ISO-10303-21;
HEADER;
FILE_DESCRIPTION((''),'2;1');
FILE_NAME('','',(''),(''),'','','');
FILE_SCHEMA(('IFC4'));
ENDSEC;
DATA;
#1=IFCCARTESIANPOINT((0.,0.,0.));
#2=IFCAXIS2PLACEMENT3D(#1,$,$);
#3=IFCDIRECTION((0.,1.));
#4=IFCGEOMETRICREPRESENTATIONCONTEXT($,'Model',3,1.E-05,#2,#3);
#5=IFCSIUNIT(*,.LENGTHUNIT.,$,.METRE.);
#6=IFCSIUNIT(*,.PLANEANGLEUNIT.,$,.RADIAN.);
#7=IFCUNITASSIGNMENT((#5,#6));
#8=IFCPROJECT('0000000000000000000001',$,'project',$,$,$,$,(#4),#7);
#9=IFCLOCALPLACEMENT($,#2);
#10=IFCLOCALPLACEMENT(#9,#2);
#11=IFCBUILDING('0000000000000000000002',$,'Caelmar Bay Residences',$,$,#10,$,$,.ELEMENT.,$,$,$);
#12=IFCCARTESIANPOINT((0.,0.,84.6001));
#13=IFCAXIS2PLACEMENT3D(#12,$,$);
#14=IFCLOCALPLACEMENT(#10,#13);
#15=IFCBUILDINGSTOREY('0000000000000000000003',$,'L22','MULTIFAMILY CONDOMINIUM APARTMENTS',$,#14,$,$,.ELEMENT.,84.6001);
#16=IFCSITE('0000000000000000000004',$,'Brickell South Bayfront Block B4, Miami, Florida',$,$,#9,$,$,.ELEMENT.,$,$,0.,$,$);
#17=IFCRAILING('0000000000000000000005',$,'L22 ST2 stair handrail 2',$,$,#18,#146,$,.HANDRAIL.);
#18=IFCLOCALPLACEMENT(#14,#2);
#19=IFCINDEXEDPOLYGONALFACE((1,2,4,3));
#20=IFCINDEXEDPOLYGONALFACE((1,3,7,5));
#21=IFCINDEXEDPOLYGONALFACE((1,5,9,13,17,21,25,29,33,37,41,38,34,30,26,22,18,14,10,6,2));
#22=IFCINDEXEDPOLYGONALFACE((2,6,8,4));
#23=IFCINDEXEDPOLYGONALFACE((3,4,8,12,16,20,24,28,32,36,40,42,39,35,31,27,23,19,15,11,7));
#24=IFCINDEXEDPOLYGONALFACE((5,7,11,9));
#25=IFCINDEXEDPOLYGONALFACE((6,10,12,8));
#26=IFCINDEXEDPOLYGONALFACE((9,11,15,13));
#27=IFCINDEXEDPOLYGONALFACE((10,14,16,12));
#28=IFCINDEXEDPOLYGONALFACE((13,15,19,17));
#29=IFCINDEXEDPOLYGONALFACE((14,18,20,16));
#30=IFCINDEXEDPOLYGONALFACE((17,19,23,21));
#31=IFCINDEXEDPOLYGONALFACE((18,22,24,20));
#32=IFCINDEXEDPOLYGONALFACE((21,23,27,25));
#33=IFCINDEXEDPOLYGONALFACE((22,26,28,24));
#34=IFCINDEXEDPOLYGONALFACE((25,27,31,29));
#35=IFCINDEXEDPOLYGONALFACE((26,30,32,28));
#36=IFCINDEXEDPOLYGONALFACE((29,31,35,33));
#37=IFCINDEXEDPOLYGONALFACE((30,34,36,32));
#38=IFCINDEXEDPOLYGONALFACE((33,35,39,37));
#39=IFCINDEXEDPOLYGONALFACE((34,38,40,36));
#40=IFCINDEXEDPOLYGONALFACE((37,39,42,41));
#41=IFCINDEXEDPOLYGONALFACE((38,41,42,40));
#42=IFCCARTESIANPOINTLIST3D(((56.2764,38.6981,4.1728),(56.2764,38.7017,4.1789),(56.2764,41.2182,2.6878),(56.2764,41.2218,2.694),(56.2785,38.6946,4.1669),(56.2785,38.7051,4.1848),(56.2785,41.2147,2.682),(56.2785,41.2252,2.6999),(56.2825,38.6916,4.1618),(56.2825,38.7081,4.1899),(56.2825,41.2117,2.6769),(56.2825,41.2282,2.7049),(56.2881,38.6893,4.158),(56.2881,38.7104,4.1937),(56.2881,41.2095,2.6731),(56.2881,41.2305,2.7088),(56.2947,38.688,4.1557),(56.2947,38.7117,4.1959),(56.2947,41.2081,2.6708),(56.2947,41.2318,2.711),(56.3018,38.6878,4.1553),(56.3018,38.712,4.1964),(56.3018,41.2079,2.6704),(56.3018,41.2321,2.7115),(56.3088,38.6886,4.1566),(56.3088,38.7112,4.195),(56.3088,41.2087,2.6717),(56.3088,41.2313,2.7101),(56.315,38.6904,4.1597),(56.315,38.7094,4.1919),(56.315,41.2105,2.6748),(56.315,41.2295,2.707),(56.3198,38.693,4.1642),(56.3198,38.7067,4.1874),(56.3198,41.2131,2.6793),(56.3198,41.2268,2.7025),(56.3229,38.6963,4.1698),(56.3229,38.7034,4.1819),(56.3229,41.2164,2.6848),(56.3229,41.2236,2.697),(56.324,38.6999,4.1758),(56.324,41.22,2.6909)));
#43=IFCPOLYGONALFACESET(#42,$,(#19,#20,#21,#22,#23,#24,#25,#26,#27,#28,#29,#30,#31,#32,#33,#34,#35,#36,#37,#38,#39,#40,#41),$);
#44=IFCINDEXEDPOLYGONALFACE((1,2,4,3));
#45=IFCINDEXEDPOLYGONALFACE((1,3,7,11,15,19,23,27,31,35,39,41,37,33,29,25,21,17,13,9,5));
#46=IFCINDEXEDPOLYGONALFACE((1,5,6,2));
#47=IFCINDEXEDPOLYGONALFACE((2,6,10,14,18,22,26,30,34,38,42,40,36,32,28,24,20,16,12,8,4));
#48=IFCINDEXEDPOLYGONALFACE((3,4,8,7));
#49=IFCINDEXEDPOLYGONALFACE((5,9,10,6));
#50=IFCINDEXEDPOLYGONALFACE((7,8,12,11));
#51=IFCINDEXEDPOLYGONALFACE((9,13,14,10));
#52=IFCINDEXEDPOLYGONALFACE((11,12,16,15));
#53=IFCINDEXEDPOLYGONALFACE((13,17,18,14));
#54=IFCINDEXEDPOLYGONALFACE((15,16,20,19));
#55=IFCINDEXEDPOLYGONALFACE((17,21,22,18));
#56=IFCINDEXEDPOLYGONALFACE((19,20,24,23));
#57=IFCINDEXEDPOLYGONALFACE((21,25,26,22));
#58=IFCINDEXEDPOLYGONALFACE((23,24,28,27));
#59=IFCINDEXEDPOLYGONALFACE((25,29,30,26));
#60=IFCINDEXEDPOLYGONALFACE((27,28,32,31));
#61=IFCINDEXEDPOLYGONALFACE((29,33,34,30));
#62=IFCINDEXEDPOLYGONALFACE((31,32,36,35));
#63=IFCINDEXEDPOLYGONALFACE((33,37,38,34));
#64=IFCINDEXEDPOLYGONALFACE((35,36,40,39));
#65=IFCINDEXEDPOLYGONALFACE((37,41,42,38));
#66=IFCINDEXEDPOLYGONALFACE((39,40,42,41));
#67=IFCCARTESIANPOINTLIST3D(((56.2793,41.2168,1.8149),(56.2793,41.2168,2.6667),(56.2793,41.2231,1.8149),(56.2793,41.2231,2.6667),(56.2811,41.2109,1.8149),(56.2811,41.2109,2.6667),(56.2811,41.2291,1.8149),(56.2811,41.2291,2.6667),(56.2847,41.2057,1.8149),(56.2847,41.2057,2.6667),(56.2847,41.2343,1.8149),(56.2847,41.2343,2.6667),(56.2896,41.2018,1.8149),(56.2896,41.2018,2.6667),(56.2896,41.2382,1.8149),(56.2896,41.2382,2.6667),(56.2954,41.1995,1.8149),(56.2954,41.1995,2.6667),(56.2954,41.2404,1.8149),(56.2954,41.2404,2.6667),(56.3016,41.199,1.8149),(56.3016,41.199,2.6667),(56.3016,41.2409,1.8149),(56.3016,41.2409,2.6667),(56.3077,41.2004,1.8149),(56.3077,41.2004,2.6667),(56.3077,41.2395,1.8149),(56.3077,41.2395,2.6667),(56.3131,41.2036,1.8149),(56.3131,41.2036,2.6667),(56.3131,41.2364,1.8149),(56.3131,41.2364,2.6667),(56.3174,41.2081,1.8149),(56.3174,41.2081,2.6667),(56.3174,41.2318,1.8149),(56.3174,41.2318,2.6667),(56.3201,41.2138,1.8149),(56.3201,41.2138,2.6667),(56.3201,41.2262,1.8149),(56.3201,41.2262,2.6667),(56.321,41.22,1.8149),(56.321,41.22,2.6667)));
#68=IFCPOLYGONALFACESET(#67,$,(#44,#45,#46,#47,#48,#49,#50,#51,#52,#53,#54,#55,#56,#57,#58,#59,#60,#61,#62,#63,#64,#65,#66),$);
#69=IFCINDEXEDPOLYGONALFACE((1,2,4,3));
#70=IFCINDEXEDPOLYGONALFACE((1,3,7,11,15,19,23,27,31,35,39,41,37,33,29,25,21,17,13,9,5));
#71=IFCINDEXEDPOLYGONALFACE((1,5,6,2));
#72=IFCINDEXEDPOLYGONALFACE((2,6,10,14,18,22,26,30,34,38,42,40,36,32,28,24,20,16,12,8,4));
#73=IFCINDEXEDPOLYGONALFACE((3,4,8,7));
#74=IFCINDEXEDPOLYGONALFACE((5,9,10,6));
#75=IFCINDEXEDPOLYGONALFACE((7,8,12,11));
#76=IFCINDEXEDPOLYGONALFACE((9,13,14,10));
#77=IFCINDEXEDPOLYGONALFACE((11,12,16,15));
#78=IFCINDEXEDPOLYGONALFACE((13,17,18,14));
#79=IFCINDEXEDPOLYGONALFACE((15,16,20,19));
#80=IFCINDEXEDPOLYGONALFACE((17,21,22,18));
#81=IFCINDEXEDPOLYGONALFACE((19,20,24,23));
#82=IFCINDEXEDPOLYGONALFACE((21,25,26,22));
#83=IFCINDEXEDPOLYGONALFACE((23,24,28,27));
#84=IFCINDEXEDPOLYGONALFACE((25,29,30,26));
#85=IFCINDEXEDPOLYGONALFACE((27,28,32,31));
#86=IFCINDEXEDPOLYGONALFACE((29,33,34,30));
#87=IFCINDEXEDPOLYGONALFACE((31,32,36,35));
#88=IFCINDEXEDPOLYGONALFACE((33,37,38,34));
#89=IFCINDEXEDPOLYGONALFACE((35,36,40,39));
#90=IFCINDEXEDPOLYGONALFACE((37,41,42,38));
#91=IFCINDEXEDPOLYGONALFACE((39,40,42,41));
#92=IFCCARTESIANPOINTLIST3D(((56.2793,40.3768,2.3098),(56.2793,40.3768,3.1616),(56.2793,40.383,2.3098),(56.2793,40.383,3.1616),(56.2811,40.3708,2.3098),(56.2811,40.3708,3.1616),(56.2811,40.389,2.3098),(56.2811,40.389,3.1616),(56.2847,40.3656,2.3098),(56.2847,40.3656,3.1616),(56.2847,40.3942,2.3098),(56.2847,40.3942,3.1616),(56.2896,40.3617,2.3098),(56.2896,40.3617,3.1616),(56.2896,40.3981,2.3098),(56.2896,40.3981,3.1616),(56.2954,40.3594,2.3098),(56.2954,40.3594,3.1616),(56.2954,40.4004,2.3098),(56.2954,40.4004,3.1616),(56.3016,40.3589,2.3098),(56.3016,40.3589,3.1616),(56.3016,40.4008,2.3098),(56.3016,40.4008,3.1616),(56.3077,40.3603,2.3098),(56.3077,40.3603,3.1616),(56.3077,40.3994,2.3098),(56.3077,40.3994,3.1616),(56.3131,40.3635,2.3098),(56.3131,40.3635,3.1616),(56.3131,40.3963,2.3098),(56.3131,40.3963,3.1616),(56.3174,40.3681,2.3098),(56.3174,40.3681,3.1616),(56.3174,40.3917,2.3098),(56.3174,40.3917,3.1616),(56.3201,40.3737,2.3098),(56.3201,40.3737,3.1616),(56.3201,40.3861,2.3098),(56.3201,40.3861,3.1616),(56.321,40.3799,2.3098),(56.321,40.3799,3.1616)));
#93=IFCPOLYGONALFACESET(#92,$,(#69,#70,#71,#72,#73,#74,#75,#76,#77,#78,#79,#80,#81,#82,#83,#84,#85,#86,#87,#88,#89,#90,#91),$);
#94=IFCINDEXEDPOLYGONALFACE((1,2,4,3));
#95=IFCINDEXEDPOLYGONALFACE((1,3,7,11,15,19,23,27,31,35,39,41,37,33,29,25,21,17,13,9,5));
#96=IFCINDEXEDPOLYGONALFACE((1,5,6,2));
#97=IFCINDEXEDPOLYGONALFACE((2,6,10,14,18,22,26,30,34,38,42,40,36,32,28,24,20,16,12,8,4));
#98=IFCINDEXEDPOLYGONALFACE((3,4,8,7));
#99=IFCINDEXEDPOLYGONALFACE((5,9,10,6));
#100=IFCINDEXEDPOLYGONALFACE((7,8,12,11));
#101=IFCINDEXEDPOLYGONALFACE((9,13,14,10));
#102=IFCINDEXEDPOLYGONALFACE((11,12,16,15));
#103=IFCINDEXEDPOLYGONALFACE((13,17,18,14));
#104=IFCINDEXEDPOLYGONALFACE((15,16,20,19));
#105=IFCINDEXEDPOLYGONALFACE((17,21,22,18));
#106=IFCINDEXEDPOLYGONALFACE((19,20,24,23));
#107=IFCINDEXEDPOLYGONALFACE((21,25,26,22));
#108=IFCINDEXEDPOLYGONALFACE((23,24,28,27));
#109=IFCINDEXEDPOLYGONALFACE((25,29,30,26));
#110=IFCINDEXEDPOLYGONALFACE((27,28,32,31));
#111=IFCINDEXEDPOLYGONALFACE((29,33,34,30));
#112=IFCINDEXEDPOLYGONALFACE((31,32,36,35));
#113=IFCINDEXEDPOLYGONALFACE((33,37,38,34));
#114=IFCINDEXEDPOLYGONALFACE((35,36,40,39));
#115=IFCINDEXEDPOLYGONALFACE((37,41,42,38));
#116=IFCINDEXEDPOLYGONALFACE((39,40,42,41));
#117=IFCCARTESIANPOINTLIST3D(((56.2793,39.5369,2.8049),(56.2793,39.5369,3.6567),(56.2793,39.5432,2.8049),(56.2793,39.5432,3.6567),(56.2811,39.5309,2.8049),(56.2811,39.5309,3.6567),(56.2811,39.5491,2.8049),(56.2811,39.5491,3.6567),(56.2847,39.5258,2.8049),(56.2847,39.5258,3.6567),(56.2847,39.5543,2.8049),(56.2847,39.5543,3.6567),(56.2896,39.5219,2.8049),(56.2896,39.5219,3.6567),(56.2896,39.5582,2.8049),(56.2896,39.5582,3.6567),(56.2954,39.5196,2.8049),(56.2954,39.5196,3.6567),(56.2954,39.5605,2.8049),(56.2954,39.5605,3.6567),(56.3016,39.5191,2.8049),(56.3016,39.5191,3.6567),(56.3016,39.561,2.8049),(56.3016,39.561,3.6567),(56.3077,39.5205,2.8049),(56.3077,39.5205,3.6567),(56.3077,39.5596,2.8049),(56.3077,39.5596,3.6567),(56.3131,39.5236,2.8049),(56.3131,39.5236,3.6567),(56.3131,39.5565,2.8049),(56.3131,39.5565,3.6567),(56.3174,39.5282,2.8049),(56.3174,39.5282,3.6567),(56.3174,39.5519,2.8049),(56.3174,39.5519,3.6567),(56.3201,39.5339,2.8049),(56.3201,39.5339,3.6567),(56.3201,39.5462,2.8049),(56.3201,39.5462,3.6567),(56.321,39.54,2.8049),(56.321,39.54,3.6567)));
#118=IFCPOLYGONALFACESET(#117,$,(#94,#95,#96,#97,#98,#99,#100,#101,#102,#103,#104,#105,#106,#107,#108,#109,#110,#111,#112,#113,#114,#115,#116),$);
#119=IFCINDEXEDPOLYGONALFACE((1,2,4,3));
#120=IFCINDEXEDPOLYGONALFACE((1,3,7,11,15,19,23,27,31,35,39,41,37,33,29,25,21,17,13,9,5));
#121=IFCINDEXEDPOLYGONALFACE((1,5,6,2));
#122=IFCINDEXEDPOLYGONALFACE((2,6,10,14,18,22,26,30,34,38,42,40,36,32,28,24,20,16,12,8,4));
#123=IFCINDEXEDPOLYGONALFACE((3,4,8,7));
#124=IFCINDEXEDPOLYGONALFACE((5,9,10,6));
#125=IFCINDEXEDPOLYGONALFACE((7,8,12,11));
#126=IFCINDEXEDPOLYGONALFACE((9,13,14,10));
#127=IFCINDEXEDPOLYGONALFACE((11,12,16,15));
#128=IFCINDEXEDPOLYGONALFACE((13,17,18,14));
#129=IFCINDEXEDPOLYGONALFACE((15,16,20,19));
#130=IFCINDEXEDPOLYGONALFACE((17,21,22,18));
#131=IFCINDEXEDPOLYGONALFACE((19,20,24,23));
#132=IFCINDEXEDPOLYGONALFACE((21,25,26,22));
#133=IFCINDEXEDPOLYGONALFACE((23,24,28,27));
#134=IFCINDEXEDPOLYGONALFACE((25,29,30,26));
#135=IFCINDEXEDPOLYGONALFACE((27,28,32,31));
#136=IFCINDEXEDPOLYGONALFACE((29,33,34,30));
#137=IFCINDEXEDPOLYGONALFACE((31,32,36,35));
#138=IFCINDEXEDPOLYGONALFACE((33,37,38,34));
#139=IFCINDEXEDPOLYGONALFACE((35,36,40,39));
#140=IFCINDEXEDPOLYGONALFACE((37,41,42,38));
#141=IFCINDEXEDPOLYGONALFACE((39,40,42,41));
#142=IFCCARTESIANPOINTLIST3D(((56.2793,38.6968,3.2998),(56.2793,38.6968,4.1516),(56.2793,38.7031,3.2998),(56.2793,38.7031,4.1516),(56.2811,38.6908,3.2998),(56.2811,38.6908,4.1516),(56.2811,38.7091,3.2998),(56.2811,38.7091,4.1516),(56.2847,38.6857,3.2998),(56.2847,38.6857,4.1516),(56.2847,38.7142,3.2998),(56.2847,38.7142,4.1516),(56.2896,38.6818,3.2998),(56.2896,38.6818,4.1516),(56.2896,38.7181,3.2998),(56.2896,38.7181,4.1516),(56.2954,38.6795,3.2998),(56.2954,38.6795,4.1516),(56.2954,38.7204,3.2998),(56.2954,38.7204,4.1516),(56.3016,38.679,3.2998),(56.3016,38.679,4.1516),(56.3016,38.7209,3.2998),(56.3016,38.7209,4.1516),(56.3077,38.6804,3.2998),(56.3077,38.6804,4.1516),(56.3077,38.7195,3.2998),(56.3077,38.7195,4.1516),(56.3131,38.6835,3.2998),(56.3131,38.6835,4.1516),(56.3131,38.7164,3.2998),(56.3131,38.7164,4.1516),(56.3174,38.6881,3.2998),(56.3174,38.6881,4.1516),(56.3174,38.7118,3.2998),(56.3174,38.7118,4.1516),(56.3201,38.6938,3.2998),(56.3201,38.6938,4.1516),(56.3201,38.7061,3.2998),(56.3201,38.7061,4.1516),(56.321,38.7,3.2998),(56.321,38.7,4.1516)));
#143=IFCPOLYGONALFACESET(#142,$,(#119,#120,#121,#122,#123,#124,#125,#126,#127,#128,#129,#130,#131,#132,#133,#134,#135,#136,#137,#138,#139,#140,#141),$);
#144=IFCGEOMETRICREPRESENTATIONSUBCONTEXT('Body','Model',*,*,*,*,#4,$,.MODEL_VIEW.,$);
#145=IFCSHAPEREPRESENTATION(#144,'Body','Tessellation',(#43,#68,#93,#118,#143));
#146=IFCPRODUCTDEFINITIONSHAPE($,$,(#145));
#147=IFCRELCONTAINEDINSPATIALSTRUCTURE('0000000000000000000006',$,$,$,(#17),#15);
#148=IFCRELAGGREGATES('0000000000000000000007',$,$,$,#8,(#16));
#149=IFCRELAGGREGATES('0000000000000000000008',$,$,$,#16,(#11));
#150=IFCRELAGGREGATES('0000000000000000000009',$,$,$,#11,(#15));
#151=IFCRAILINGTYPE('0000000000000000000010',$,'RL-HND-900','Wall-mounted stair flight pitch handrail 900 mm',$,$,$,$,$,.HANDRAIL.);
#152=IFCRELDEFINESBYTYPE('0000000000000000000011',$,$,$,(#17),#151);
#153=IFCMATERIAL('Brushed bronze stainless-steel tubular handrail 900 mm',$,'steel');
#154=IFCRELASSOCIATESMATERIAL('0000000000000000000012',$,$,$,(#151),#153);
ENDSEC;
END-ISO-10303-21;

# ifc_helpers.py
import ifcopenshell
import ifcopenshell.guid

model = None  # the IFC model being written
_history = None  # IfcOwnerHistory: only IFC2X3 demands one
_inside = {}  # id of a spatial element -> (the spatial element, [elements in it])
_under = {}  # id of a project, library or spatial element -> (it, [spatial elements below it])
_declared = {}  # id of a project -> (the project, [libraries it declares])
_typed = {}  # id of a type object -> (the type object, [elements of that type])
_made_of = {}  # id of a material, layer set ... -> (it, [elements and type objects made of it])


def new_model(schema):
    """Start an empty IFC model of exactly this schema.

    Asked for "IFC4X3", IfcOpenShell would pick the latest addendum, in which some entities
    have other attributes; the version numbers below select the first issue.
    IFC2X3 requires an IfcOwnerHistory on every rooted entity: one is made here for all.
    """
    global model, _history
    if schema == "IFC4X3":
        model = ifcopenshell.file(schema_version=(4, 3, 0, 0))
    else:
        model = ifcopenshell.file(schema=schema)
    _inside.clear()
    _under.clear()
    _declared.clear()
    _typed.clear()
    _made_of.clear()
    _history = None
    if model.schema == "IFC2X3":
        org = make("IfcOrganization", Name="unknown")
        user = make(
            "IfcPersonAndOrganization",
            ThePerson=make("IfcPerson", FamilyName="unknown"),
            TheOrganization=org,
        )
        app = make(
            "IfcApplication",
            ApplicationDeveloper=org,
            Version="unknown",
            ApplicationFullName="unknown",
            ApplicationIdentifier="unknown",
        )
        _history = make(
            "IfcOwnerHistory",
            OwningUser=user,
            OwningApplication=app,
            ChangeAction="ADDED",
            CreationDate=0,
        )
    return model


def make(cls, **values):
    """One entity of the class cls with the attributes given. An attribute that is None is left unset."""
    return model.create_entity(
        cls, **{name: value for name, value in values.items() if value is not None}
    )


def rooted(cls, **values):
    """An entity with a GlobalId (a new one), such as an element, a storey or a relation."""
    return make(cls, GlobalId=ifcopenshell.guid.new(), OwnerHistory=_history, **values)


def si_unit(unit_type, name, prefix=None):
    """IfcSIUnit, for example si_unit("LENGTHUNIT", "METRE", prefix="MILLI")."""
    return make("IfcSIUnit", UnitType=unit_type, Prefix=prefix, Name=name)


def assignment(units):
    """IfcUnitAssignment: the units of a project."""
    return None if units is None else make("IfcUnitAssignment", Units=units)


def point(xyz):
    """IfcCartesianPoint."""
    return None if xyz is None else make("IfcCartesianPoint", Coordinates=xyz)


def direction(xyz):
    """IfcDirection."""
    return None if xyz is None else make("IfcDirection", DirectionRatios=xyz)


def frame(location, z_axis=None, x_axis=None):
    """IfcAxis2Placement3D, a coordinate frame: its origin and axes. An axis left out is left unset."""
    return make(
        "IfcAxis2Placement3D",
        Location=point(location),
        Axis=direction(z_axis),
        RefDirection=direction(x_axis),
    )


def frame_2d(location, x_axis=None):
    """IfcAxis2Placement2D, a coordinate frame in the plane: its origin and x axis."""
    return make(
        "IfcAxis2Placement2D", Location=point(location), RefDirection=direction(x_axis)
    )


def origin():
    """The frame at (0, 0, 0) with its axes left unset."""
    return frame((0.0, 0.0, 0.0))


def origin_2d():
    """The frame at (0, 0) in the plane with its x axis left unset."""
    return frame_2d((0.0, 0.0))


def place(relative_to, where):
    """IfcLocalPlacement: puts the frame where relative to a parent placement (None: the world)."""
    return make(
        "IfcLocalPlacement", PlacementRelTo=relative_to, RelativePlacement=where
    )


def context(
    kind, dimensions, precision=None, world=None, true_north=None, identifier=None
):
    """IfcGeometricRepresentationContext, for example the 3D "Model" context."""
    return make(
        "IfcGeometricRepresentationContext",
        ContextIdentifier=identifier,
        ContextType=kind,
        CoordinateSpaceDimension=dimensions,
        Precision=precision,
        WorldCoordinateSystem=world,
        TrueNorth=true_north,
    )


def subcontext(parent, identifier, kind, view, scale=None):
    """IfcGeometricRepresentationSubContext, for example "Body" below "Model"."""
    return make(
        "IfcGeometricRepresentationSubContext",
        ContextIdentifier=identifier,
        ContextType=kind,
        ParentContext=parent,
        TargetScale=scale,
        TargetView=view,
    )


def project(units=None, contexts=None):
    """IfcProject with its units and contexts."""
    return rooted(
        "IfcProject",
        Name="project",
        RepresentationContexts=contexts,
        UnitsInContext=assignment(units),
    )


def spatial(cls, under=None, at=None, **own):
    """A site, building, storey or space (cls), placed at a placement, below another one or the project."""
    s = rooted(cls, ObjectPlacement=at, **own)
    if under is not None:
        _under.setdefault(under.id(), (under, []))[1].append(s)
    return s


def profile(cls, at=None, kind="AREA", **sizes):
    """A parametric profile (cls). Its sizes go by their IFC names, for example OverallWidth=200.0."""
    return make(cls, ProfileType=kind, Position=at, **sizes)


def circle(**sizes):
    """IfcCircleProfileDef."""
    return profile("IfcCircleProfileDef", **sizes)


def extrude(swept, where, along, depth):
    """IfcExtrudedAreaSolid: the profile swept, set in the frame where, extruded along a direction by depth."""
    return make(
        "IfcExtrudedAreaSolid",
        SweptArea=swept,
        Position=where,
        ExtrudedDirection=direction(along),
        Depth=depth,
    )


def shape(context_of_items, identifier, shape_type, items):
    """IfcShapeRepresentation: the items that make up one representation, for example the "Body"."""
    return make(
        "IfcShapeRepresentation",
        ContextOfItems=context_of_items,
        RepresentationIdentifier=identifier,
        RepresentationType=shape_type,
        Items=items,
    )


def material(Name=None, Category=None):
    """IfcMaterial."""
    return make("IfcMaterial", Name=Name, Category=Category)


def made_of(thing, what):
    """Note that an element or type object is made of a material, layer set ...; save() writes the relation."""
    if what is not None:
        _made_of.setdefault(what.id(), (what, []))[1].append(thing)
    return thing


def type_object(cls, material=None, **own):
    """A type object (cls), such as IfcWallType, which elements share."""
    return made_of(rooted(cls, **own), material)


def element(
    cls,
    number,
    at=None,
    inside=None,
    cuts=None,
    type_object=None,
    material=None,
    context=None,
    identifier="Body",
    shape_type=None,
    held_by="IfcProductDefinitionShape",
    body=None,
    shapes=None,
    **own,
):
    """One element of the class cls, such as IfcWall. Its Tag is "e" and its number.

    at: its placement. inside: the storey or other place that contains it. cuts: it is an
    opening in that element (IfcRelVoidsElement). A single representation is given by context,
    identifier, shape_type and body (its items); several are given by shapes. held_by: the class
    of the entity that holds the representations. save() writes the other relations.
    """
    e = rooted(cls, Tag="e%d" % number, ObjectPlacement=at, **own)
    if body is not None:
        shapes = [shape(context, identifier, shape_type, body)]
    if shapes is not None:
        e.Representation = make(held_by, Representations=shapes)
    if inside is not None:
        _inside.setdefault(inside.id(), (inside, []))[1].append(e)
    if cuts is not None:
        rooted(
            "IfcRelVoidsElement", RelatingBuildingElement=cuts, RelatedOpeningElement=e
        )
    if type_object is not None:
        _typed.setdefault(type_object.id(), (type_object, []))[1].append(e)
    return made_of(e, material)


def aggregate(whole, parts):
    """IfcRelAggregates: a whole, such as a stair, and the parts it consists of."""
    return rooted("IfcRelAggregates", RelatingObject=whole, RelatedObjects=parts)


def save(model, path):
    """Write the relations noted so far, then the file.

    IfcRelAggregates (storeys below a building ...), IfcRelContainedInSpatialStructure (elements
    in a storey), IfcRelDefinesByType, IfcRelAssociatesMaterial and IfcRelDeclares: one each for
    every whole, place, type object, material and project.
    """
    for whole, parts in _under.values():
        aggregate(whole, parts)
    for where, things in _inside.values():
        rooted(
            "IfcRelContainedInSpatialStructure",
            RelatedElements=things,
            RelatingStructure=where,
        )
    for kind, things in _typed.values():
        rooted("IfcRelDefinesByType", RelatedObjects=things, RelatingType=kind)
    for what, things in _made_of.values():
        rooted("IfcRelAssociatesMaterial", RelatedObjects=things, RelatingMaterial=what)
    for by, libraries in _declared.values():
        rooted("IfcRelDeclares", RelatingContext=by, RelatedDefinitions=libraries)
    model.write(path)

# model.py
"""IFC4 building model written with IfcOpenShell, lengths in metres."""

from ifc_helpers import new_model, si_unit, direction, frame, origin, origin_2d, place, context, subcontext, project, spatial, circle, extrude, material, type_object, element, save


model = new_model("IFC4")

# Units and contexts
model_context = context("Model", 3, precision=1e-05, world=origin(), true_north=direction((0.0, 1.0)))
body_context = subcontext(model_context, "Body", "Model", "MODEL_VIEW")
ifc_project = project(units=[si_unit("LENGTHUNIT", "METRE"), si_unit("PLANEANGLEUNIT", "RADIAN")], contexts=[model_context])

# Site, building, storey
site_placement = place(None, origin())
site = spatial("IfcSite", under=ifc_project, at=site_placement, Name="Brickell South Bayfront Block B4, Miami, Florida", CompositionType="ELEMENT", RefElevation=0.0)
building_placement = place(site_placement, origin())
building = spatial("IfcBuilding", under=site, at=building_placement, Name="Caelmar Bay Residences", CompositionType="ELEMENT")
storey_placement = place(building_placement, frame((0.0, 0.0, 84.6001)))
storey = spatial("IfcBuildingStorey", under=building, at=storey_placement, Name="L22", Description="MULTIFAMILY CONDOMINIUM APARTMENTS", CompositionType="ELEMENT", Elevation=84.6001)

# Railing
ifc_material_1 = material(Name="Brushed bronze stainless-steel tubular handrail 900 mm", Category="steel")
railing_type_1 = type_object("IfcRailingType", Name="RL-HND-900", Description="Wall-mounted stair flight pitch handrail 900 mm", PredefinedType="HANDRAIL", material=ifc_material_1)
railing_1_placement = place(storey_placement, frame((56.3, 41.22, 1.8149)))
element("IfcRailing", 1, at=railing_1_placement, inside=storey, type_object=railing_type_1, Name="L22 ST2 stair handrail 2", PredefinedType="HANDRAIL", context=body_context, shape_type="SweptSolid", body=[
    extrude(circle(Radius=0.0239, at=origin_2d()), frame((0.0, 0.0, 0.876), z_axis=(0.0, -0.861561, 0.507655), x_axis=(1.0, 0.0, 0.0)), (0.0, 0.0, 1.0), 2.925),
    extrude(circle(Radius=0.021, at=origin_2d()), origin(), (0.0, 0.0, 1.0), 0.8518),
    extrude(circle(Radius=0.021, at=origin_2d()), frame((0.0, -0.8401, 0.4949)), (0.0, 0.0, 1.0), 0.8518),
    extrude(circle(Radius=0.021, at=origin_2d()), frame((0.0, -1.6799, 0.99)), (0.0, 0.0, 1.0), 0.8518),
    extrude(circle(Radius=0.021, at=origin_2d()), frame((0.0, -2.52, 1.4849)), (0.0, 0.0, 1.0), 0.8518),
])

save(model, "model.ifc")
